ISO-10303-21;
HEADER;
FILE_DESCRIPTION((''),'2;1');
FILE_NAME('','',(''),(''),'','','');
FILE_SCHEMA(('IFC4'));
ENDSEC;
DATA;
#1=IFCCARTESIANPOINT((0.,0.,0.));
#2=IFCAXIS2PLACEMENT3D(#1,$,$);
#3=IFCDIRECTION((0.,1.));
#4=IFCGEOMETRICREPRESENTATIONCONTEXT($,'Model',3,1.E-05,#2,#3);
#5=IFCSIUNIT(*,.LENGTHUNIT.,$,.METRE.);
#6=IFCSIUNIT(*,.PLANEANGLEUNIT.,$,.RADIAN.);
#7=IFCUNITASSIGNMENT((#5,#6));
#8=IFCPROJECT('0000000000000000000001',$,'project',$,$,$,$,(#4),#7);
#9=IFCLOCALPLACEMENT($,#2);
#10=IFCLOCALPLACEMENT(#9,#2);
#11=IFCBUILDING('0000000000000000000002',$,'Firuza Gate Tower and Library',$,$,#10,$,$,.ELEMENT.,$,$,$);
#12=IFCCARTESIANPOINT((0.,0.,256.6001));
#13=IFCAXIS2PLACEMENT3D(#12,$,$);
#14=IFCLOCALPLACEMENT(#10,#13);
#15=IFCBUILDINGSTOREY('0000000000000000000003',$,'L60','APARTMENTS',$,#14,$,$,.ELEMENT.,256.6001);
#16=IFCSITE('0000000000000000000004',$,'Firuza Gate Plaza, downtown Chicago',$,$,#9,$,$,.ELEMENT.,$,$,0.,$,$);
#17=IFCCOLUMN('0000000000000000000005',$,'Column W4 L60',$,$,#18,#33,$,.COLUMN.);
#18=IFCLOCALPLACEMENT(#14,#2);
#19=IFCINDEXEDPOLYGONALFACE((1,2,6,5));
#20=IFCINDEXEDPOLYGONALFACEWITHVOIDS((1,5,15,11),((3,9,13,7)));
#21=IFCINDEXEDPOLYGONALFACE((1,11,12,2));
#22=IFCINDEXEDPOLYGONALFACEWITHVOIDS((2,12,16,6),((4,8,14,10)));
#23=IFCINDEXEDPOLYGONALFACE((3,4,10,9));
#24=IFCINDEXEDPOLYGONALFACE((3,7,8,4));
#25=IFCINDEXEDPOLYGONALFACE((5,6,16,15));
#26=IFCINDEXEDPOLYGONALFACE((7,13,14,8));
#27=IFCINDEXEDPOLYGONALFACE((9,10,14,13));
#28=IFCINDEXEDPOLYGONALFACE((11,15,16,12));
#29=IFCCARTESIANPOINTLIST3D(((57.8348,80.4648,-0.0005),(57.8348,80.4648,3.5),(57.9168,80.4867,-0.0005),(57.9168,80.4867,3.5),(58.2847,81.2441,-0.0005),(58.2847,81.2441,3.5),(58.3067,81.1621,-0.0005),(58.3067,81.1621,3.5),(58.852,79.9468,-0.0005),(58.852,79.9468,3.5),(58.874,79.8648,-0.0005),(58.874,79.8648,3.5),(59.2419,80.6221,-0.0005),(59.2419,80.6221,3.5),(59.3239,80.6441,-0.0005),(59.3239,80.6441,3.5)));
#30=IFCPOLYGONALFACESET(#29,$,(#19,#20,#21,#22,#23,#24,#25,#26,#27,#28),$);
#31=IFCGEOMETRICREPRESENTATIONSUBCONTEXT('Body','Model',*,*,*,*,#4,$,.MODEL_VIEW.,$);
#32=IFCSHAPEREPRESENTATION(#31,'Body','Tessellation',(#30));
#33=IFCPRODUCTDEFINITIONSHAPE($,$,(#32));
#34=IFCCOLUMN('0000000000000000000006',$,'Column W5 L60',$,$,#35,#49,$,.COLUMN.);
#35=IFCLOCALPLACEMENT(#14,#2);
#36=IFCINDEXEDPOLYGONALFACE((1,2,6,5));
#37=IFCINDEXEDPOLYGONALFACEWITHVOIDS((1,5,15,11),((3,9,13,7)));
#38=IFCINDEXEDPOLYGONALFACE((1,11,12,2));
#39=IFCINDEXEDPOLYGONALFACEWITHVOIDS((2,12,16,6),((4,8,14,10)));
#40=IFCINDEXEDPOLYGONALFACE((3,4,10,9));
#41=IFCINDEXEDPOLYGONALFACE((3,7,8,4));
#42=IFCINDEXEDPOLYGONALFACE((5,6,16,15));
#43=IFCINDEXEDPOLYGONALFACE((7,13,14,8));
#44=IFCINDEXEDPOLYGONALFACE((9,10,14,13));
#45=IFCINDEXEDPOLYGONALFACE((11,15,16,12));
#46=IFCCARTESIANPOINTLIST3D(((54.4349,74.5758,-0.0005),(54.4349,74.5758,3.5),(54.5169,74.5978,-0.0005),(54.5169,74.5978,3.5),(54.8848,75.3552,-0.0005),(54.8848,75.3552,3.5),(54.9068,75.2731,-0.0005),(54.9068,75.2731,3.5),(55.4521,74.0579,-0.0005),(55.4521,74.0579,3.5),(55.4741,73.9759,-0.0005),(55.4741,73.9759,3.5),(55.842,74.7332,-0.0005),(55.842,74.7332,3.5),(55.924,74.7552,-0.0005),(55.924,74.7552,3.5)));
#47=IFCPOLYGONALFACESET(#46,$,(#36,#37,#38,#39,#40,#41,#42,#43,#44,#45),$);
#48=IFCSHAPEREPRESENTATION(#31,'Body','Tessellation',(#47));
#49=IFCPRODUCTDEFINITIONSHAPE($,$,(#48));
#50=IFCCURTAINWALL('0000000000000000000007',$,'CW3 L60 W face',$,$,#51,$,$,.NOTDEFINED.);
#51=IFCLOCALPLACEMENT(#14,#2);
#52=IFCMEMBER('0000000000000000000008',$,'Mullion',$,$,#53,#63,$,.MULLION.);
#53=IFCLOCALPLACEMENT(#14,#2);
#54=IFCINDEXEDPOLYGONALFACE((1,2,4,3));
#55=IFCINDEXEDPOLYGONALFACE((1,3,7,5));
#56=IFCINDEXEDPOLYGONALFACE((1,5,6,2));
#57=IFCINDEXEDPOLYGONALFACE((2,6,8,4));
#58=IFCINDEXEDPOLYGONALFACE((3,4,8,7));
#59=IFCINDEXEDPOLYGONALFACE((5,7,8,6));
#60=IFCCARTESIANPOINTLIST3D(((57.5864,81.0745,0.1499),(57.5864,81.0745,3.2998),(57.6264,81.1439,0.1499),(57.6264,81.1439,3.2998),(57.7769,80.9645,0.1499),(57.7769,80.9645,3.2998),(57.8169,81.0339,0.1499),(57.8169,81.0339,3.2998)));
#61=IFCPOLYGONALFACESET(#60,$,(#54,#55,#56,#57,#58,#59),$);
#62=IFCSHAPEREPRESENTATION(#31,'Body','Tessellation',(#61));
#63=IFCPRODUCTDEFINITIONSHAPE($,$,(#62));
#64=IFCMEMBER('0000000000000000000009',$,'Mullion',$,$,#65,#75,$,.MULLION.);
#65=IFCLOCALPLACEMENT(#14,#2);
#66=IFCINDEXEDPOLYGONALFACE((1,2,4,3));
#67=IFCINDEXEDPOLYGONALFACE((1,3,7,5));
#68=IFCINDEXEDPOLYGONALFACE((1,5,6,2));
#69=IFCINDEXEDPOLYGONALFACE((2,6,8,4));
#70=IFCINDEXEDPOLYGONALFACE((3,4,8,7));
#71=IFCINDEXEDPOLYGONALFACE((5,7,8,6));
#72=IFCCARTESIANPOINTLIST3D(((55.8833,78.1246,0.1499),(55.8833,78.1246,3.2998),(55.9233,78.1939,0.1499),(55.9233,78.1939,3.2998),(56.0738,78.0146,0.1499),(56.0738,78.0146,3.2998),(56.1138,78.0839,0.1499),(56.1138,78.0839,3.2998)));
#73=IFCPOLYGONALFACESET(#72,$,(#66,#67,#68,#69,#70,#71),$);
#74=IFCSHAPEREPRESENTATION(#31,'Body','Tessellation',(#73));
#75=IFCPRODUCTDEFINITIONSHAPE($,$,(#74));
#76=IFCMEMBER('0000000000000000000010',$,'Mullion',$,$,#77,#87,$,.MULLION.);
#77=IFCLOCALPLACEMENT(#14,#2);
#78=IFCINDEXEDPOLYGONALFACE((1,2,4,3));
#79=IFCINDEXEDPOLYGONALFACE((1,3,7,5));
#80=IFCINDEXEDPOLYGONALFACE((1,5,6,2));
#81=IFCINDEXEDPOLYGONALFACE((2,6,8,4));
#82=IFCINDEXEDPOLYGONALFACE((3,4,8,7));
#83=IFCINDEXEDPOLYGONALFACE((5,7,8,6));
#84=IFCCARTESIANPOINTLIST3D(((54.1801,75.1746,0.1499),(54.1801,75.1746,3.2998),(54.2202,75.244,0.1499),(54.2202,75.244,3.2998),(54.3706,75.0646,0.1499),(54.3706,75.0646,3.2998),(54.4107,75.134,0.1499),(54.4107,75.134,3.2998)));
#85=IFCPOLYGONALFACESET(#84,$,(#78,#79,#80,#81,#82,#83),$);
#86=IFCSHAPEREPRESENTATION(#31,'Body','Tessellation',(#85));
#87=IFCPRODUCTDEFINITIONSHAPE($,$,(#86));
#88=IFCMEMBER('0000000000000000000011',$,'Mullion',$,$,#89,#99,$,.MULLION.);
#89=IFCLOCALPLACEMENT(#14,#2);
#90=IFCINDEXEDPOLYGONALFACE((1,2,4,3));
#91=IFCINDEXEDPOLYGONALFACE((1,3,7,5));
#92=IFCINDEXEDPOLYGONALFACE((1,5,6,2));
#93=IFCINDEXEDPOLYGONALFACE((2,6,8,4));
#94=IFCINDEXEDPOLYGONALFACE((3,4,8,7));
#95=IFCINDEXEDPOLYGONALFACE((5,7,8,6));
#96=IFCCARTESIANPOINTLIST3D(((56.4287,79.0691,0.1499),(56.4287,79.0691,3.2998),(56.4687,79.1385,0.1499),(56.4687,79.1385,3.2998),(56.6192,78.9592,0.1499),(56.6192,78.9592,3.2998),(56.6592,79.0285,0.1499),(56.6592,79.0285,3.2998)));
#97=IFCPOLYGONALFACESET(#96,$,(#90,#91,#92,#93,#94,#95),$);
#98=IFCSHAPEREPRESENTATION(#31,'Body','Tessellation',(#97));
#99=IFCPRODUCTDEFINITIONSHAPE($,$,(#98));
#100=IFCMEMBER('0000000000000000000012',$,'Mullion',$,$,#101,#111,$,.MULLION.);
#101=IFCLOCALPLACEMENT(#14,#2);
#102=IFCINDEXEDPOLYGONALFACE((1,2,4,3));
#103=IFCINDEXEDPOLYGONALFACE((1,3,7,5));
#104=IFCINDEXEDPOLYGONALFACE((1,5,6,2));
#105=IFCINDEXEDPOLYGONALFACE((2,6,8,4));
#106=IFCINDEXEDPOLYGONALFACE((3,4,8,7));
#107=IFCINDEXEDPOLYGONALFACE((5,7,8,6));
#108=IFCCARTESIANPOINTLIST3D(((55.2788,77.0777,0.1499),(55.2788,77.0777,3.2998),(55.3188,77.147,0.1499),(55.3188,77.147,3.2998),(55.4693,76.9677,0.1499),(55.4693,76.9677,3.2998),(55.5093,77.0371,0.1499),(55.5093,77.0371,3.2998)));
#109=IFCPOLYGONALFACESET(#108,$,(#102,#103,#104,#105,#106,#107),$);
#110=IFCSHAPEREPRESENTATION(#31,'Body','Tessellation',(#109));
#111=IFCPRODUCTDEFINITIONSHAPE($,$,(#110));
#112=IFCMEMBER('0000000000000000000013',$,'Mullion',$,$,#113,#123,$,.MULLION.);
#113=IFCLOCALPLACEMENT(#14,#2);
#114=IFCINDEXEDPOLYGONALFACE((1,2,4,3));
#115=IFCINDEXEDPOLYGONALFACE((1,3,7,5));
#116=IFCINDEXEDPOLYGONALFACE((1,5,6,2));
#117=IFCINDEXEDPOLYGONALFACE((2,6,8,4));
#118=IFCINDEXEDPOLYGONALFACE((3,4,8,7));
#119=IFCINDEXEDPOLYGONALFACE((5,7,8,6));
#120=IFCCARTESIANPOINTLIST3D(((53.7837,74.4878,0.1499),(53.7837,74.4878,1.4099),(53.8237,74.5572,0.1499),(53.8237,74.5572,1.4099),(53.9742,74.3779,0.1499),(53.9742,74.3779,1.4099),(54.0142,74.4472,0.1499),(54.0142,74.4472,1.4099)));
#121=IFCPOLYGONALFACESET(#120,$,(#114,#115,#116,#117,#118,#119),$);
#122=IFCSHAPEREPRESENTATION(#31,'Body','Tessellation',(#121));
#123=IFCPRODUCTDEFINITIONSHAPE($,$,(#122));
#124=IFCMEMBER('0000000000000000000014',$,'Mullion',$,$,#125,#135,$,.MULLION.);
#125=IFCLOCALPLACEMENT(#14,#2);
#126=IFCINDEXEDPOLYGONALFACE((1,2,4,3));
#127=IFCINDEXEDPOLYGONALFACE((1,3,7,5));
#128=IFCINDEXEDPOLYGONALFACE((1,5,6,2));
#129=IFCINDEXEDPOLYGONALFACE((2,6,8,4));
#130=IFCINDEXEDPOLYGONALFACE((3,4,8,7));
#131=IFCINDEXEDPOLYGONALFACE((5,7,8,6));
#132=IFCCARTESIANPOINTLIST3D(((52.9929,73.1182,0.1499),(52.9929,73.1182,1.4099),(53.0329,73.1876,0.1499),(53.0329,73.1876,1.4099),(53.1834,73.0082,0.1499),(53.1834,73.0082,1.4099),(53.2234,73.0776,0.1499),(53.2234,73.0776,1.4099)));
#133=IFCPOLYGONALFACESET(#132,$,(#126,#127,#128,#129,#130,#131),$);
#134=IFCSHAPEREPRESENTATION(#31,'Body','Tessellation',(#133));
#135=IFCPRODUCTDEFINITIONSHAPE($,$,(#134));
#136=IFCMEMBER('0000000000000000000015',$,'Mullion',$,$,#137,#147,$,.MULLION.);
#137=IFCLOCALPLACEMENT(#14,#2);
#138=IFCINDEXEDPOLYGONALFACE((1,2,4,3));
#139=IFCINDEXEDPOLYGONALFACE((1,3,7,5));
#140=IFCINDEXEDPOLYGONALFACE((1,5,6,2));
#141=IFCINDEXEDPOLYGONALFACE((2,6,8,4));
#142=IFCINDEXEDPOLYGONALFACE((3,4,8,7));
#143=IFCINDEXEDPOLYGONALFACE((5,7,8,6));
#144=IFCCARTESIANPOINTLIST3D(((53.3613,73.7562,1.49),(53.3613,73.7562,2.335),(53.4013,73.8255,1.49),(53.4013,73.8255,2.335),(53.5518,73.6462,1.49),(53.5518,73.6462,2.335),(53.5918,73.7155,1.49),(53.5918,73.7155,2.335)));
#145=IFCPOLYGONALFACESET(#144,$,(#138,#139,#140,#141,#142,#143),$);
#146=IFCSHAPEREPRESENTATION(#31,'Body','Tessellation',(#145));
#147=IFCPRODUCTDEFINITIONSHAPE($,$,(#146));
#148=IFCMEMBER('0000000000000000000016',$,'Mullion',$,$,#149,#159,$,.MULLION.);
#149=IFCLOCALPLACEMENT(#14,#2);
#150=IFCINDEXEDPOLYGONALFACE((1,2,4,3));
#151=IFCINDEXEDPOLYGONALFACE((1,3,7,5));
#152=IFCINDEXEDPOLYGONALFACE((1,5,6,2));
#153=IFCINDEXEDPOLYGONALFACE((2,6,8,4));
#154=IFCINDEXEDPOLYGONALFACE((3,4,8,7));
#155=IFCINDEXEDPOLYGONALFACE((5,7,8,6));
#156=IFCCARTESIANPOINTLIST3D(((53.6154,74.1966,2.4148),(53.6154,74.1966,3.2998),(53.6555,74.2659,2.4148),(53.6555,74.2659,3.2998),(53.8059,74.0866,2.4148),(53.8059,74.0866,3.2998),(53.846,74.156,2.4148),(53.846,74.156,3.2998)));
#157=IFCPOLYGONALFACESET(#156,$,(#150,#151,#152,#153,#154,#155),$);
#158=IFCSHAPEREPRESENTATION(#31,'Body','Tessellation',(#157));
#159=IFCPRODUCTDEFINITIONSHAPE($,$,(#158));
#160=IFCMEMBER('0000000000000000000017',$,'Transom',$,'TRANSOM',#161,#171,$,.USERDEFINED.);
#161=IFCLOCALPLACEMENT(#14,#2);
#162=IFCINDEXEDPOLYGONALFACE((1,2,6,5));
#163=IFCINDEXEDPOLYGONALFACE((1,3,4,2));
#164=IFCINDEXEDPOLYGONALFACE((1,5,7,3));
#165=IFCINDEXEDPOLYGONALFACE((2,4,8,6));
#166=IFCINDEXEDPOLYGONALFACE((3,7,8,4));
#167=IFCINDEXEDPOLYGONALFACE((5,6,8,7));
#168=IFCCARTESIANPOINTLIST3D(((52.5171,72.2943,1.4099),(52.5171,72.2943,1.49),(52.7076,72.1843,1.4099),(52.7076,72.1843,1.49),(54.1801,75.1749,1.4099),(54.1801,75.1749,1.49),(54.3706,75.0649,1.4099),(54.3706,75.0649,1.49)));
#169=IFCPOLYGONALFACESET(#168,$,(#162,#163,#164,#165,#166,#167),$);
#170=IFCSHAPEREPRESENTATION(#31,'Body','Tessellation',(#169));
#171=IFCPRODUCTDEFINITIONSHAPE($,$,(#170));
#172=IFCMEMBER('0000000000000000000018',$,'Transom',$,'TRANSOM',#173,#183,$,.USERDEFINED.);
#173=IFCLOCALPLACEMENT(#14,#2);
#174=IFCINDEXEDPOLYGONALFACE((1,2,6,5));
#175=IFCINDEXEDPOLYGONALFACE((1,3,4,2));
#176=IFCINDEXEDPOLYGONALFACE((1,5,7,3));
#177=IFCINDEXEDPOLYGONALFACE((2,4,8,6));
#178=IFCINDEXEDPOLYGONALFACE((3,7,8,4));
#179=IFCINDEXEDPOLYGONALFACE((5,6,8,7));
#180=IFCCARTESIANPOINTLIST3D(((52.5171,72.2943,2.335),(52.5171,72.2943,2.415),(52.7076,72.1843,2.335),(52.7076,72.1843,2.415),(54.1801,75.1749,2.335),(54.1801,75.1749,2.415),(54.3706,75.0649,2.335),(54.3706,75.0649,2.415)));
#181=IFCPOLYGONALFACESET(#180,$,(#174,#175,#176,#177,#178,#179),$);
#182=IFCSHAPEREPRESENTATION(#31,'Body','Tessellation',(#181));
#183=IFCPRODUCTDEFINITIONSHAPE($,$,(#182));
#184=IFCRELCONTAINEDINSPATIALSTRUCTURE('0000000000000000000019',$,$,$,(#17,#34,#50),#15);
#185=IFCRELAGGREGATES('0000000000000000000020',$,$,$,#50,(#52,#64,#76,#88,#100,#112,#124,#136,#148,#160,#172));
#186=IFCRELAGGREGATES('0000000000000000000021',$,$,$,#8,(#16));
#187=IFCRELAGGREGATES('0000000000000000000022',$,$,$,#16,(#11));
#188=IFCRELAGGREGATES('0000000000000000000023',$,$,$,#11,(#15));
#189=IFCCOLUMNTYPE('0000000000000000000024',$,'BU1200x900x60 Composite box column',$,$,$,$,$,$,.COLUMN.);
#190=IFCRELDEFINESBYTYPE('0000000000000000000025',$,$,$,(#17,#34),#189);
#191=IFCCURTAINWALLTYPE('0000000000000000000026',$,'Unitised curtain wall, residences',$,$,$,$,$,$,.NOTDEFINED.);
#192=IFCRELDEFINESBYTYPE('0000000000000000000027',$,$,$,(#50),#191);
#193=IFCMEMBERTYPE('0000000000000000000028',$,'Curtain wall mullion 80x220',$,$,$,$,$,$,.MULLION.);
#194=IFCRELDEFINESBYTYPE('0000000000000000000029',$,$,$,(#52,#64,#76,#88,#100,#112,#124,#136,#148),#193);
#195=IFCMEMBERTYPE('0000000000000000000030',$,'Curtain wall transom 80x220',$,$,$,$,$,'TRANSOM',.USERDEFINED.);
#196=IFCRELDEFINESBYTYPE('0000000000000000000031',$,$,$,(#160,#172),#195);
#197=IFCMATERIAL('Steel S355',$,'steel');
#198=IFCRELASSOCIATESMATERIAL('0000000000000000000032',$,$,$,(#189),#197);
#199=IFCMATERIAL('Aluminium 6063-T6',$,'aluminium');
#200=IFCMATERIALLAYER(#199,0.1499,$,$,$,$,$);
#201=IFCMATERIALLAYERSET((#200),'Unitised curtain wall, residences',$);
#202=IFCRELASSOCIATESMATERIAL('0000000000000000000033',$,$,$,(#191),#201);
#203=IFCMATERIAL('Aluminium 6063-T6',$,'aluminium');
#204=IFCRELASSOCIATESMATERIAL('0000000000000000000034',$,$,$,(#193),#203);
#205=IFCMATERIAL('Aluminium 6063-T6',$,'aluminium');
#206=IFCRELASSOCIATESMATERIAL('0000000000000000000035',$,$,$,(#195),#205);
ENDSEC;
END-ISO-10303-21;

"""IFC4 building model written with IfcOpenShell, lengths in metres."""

from ifc_helpers import new_model, si_unit, direction, frame, origin, origin_2d, place, context, subcontext, project, spatial, rectangle, hollow_rectangle, extrude, material, layer, layer_set, material_profile, profile_set, type_object, element, aggregate, save


model = new_model("IFC4")

# Units and contexts
model_context = context("Model", 3, precision=1e-05, world=origin(), true_north=direction((0.0, 1.0)))
body_context = subcontext(model_context, "Body", "Model", "MODEL_VIEW")
ifc_project = project(units=[si_unit("LENGTHUNIT", "METRE"), si_unit("PLANEANGLEUNIT", "RADIAN")], contexts=[model_context])

# Site, building, storey
site_placement = place(None, origin())
site = spatial("IfcSite", under=ifc_project, at=site_placement, Name="Firuza Gate Plaza, downtown Chicago", CompositionType="ELEMENT", RefElevation=0.0)
building_placement = place(site_placement, origin())
building = spatial("IfcBuilding", under=site, at=building_placement, Name="Firuza Gate Tower and Library", CompositionType="ELEMENT")
storey_placement = place(building_placement, frame((0.0, 0.0, 256.6001)))
storey = spatial("IfcBuildingStorey", under=building, at=storey_placement, Name="L60", Description="APARTMENTS", CompositionType="ELEMENT", Elevation=256.6001)

# Columns
ifc_material_1 = material(Name="Steel S355", Category="steel")
ifc_material_profile_1 = material_profile(ifc_material_1, hollow_rectangle(XDim=0.8999, YDim=1.2, WallThickness=0.0601, at=origin_2d()))
ifc_profile_set_1 = profile_set([ifc_material_profile_1], Name="Steel S355")
column_type = type_object("IfcColumnType", Name="BU1200x900x60 Composite box column", PredefinedType="COLUMN", material=ifc_profile_set_1)
for number, where, z_axis, x_axis, name in (
    (1, (58.5793, 80.5544, -0.0005), (0.0, 0.0, 1.0), (-0.5, -0.866025, 0.0), "Column W4 L60"),
    (2, (55.1794, 74.6655, -0.0005), (0.0, 0.0, 1.0), (-0.5, -0.866025, 0.0), "Column W5 L60"),
):
    element("IfcColumn", number, at=place(storey_placement, frame(where, z_axis=z_axis, x_axis=x_axis)), inside=storey, type_object=column_type, Name=name, PredefinedType="COLUMN", context=body_context, shape_type="SweptSolid", body=[
        extrude(hollow_rectangle(XDim=0.8999, YDim=1.2, WallThickness=0.0601, at=origin_2d()), origin(), (0.0, 0.0, 1.0), 3.5005),
    ])

# Curtain wall, members
ifc_material_2 = material(Name="Aluminium 6063-T6", Category="aluminium")
ifc_layer_1 = layer(ifc_material_2, 0.1499)
ifc_layer_set_1 = layer_set([ifc_layer_1], Name="Unitised curtain wall, residences")
curtain_wall_type = type_object("IfcCurtainWallType", Name="Unitised curtain wall, residences", PredefinedType="NOTDEFINED", material=ifc_layer_set_1)
curtain_wall_placement = place(storey_placement, origin())
curtain_wall = element("IfcCurtainWall", 3, at=curtain_wall_placement, inside=storey, type_object=curtain_wall_type, Name="CW3 L60 W face", PredefinedType="NOTDEFINED")
ifc_material_3 = material(Name="Aluminium 6063-T6", Category="aluminium")
ifc_material_profile_2 = material_profile(ifc_material_3, rectangle(XDim=0.22, YDim=0.0801, at=origin_2d()))
ifc_profile_set_2 = profile_set([ifc_material_profile_2], Name="Aluminium 6063-T6")
member_type_1 = type_object("IfcMemberType", Name="Curtain wall mullion 80x220", PredefinedType="MULLION", material=ifc_profile_set_2)
member_1_placement = place(storey_placement, frame((57.7017, 81.0542, 0.1499), z_axis=(0.0, 0.0, 1.0), x_axis=(0.866025, -0.5, 0.0)))
member_1 = element("IfcMember", 4, at=member_1_placement, type_object=member_type_1, Name="Mullion", PredefinedType="MULLION", context=body_context, shape_type="SweptSolid", body=[
    extrude(rectangle(XDim=0.22, YDim=0.0801, at=origin_2d()), origin(), (0.0, 0.0, 1.0), 3.1499),
])
member_2_placement = place(storey_placement, frame((55.9985, 78.1042, 0.1499), z_axis=(0.0, 0.0, 1.0), x_axis=(0.866025, -0.5, 0.0)))
member_2 = element("IfcMember", 5, at=member_2_placement, type_object=member_type_1, Name="Mullion", PredefinedType="MULLION", context=body_context, shape_type="SweptSolid", body=[
    extrude(rectangle(XDim=0.22, YDim=0.0801, at=origin_2d()), origin(), (0.0, 0.0, 1.0), 3.1499),
])
member_3_placement = place(storey_placement, frame((54.2954, 75.1543, 0.1499), z_axis=(0.0, 0.0, 1.0), x_axis=(0.866025, -0.5, 0.0)))
member_3 = element("IfcMember", 6, at=member_3_placement, type_object=member_type_1, Name="Mullion", PredefinedType="MULLION", context=body_context, shape_type="SweptSolid", body=[
    extrude(rectangle(XDim=0.22, YDim=0.0801, at=origin_2d()), origin(), (0.0, 0.0, 1.0), 3.1499),
])
member_4_placement = place(storey_placement, frame((56.5439, 79.0488, 0.1499), z_axis=(0.0, 0.0, 1.0), x_axis=(0.866025, -0.5, 0.0)))
member_4 = element("IfcMember", 7, at=member_4_placement, type_object=member_type_1, Name="Mullion", PredefinedType="MULLION", context=body_context, shape_type="SweptSolid", body=[
    extrude(rectangle(XDim=0.22, YDim=0.0801, at=origin_2d()), origin(), (0.0, 0.0, 1.0), 3.1499),
])
member_5_placement = place(storey_placement, frame((55.394, 77.0574, 0.1499), z_axis=(0.0, 0.0, 1.0), x_axis=(0.866025, -0.5, 0.0)))
member_5 = element("IfcMember", 8, at=member_5_placement, type_object=member_type_1, Name="Mullion", PredefinedType="MULLION", context=body_context, shape_type="SweptSolid", body=[
    extrude(rectangle(XDim=0.22, YDim=0.0801, at=origin_2d()), origin(), (0.0, 0.0, 1.0), 3.1499),
])
member_6_placement = place(storey_placement, frame((53.8989, 74.4675, 0.1499), z_axis=(0.0, 0.0, 1.0), x_axis=(0.866025, -0.5, 0.0)))
member_6 = element("IfcMember", 9, at=member_6_placement, type_object=member_type_1, Name="Mullion", PredefinedType="MULLION", context=body_context, shape_type="SweptSolid", body=[
    extrude(rectangle(XDim=0.22, YDim=0.0801, at=origin_2d()), origin(), (0.0, 0.0, 1.0), 1.26),
])
member_7_placement = place(storey_placement, frame((53.1082, 73.0979, 0.1499), z_axis=(0.0, 0.0, 1.0), x_axis=(0.866025, -0.5, 0.0)))
member_7 = element("IfcMember", 10, at=member_7_placement, type_object=member_type_1, Name="Mullion", PredefinedType="MULLION", context=body_context, shape_type="SweptSolid", body=[
    extrude(rectangle(XDim=0.22, YDim=0.0801, at=origin_2d()), origin(), (0.0, 0.0, 1.0), 1.26),
])
member_8_placement = place(storey_placement, frame((53.4766, 73.7358, 1.49), z_axis=(0.0, 0.0, 1.0), x_axis=(0.866025, -0.5, 0.0)))
member_8 = element("IfcMember", 11, at=member_8_placement, type_object=member_type_1, Name="Mullion", PredefinedType="MULLION", context=body_context, shape_type="SweptSolid", body=[
    extrude(rectangle(XDim=0.22, YDim=0.0801, at=origin_2d()), origin(), (0.0, 0.0, 1.0), 0.845),
])
member_9_placement = place(storey_placement, frame((53.7307, 74.1763, 2.4148), z_axis=(0.0, 0.0, 1.0), x_axis=(0.866025, -0.5, 0.0)))
member_9 = element("IfcMember", 12, at=member_9_placement, type_object=member_type_1, Name="Mullion", PredefinedType="MULLION", context=body_context, shape_type="SweptSolid", body=[
    extrude(rectangle(XDim=0.22, YDim=0.0801, at=origin_2d()), origin(), (0.0, 0.0, 1.0), 0.885),
])
ifc_material_4 = material(Name="Aluminium 6063-T6", Category="aluminium")
ifc_material_profile_3 = material_profile(ifc_material_4, rectangle(XDim=0.22, YDim=0.0801, at=origin_2d()))
ifc_profile_set_3 = profile_set([ifc_material_profile_3], Name="Aluminium 6063-T6")
member_type_2 = type_object("IfcMemberType", Name="Curtain wall transom 80x220", ElementType="TRANSOM", PredefinedType="USERDEFINED", material=ifc_profile_set_3)
member_10_placement = place(storey_placement, frame((54.2754, 75.1199, 1.45), z_axis=(-0.499991, -0.86603, 0.0), x_axis=(0.86603, -0.499991, 0.0)))
member_10 = element("IfcMember", 13, at=member_10_placement, type_object=member_type_2, Name="Transom", ObjectType="TRANSOM", PredefinedType="USERDEFINED", context=body_context, shape_type="SweptSolid", body=[
    extrude(rectangle(XDim=0.22, YDim=0.0801, at=origin_2d()), origin(), (0.0, 0.0, 1.0), 3.3262),
])
member_11_placement = place(storey_placement, frame((54.2754, 75.1199, 2.375), z_axis=(-0.499991, -0.86603, 0.0), x_axis=(0.86603, -0.499991, 0.0)))
member_11 = element("IfcMember", 14, at=member_11_placement, type_object=member_type_2, Name="Transom", ObjectType="TRANSOM", PredefinedType="USERDEFINED", context=body_context, shape_type="SweptSolid", body=[
    extrude(rectangle(XDim=0.22, YDim=0.0801, at=origin_2d()), origin(), (0.0, 0.0, 1.0), 3.3262),
])

aggregate(curtain_wall, [member_1, member_2, member_3, member_4, member_5, member_6, member_7, member_8, member_9, member_10, member_11])

save(model, "model.ifc")
